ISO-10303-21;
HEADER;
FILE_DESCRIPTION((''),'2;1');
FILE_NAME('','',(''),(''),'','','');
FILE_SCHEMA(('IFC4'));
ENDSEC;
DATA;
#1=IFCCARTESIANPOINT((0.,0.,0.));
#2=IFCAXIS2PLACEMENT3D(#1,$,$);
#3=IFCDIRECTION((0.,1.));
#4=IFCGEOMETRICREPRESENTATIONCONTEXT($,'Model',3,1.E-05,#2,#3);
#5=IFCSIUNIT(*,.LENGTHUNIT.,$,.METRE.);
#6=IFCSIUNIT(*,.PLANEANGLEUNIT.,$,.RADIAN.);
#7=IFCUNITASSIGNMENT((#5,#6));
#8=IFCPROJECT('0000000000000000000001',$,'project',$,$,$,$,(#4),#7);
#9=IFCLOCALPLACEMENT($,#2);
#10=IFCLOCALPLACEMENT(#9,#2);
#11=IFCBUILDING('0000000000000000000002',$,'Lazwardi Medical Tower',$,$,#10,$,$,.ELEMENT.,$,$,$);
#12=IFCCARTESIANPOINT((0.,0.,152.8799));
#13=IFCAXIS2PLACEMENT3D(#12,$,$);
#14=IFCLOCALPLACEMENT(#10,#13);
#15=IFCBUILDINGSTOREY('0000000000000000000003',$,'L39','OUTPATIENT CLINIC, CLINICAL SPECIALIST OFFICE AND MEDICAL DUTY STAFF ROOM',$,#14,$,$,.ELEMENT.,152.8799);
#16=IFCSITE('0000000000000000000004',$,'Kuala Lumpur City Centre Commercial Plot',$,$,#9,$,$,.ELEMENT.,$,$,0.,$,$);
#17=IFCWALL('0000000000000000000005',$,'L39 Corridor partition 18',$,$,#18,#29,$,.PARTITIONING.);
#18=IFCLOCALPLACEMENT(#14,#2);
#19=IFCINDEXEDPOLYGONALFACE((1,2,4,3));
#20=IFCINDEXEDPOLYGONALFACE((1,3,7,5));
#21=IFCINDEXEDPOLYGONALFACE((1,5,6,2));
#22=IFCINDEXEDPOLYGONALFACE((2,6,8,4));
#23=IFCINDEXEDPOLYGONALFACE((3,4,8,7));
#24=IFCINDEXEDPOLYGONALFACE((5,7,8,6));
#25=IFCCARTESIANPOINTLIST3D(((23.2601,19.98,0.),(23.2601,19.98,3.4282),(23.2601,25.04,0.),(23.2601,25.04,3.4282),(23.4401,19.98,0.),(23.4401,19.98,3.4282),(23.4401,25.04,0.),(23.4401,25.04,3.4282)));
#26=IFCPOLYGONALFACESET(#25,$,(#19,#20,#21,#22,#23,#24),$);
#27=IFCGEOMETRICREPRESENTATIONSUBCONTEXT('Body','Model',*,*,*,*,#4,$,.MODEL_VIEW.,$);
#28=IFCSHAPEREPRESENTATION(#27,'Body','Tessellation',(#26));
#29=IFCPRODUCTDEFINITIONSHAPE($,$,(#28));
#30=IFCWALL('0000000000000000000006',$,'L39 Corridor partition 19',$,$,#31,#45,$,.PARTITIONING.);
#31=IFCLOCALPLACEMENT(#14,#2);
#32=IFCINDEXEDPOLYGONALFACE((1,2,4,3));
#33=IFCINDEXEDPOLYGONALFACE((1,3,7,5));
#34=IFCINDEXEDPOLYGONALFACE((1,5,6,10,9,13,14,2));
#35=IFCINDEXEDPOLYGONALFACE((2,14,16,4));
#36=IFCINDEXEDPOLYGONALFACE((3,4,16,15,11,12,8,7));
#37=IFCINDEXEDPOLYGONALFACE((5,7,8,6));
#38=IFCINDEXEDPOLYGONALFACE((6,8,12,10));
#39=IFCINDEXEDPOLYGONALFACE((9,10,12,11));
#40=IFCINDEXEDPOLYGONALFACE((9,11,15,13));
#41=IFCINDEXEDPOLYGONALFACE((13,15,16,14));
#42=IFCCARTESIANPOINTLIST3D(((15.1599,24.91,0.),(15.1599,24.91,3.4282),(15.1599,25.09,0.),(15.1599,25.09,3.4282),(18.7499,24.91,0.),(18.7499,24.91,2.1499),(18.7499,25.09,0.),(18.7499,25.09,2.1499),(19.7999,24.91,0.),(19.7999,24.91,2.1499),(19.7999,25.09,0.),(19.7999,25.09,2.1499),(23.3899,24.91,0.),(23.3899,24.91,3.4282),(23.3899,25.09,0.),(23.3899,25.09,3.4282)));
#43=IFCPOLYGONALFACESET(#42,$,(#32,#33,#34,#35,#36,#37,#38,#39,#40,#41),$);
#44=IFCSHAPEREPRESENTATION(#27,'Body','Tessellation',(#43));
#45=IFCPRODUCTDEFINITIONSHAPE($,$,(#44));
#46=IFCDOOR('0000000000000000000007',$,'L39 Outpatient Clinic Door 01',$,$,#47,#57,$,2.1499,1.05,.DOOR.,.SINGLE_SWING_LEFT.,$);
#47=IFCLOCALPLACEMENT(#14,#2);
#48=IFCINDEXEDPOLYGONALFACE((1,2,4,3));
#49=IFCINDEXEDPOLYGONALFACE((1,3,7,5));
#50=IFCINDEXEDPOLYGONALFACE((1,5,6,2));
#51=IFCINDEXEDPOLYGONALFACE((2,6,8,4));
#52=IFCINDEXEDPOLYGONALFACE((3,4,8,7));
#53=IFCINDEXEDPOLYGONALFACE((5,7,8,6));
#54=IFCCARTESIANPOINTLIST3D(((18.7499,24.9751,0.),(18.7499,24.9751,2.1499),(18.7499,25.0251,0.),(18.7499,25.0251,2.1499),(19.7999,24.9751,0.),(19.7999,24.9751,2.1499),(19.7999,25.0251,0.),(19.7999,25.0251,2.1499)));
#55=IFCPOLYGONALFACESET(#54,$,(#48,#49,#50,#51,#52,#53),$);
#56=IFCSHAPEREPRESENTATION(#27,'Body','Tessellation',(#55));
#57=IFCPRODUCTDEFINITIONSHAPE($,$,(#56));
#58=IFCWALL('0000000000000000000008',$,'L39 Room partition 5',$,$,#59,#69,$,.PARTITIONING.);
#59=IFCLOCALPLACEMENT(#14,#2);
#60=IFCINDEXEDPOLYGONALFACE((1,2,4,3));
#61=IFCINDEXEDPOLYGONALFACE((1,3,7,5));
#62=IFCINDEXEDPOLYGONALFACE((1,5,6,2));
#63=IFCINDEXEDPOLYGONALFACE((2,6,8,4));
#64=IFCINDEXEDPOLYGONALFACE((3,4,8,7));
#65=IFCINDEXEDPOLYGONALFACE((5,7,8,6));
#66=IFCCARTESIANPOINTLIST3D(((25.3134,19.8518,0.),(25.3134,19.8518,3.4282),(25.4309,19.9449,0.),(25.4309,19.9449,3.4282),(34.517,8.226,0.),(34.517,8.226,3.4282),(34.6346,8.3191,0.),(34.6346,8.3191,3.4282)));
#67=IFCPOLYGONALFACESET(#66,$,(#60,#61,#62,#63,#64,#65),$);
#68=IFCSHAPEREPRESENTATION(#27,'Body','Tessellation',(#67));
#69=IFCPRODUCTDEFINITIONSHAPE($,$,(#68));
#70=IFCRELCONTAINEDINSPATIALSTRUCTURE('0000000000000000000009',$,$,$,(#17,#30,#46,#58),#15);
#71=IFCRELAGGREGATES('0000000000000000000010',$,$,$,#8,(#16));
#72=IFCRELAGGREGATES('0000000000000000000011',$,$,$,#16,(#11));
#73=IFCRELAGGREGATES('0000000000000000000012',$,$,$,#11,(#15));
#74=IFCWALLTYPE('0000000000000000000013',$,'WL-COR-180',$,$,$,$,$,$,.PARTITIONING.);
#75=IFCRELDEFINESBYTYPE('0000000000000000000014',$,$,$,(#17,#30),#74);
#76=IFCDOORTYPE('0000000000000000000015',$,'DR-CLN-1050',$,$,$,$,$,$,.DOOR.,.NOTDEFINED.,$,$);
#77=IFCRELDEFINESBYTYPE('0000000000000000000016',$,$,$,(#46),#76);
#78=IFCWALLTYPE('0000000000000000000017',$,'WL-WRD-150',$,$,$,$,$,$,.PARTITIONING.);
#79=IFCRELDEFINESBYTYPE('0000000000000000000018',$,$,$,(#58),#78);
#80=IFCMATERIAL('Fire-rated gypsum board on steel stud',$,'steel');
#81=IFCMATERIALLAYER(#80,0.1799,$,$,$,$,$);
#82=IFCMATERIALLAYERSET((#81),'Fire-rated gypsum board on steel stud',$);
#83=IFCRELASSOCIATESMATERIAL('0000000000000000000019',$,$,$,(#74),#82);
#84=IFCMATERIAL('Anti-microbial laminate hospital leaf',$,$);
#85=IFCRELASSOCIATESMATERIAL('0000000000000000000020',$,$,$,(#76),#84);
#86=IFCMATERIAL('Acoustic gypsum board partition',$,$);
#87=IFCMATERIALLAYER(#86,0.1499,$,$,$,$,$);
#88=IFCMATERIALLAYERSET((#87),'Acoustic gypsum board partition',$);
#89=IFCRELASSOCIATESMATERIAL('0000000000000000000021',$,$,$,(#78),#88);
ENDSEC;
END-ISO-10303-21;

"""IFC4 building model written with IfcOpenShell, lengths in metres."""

from ifc_helpers import new_model, si_unit, direction, frame, frame_2d, origin, place, context, subcontext, project, spatial, rectangle, extrude, material, layer, layer_set, type_object, element, fill, save


model = new_model("IFC4")

# Units and contexts
model_context = context("Model", 3, precision=1e-05, world=origin(), true_north=direction((0.0, 1.0)))
body_context = subcontext(model_context, "Body", "Model", "MODEL_VIEW")
ifc_project = project(units=[si_unit("LENGTHUNIT", "METRE"), si_unit("PLANEANGLEUNIT", "RADIAN")], contexts=[model_context])

# Site, building, storey
site_placement = place(None, origin())
site = spatial("IfcSite", under=ifc_project, at=site_placement, Name="Kuala Lumpur City Centre Commercial Plot", CompositionType="ELEMENT", RefElevation=0.0)
building_placement = place(site_placement, origin())
building = spatial("IfcBuilding", under=site, at=building_placement, Name="Lazwardi Medical Tower", CompositionType="ELEMENT")
storey_placement = place(building_placement, frame((0.0, 0.0, 152.8799)))
storey = spatial("IfcBuildingStorey", under=building, at=storey_placement, Name="L39", Description="OUTPATIENT CLINIC, CLINICAL SPECIALIST OFFICE AND MEDICAL DUTY STAFF ROOM", CompositionType="ELEMENT", Elevation=152.8799)

# Wall
ifc_material_1 = material(Name="Fire-rated gypsum board on steel stud", Category="steel")
ifc_layer_1 = layer(ifc_material_1, 0.1799)
ifc_layer_set_1 = layer_set([ifc_layer_1], Name="Fire-rated gypsum board on steel stud")
wall_type_1 = type_object("IfcWallType", Name="WL-COR-180", PredefinedType="PARTITIONING", material=ifc_layer_set_1)
wall_1_placement = place(storey_placement, frame((23.3501, 19.98, 0.0), z_axis=(0.0, 0.0, 1.0), x_axis=(0.0, 1.0, 0.0)))
element("IfcWall", 1, at=wall_1_placement, inside=storey, type_object=wall_type_1, Name="L39 Corridor partition 18", PredefinedType="PARTITIONING", context=body_context, shape_type="SweptSolid", body=[
    extrude(rectangle(XDim=5.0601, YDim=0.1799, at=frame_2d((2.53, 0.0))), origin(), (0.0, 0.0, 1.0), 3.4282),
])

# Wall, opening, door
wall_2_placement = place(storey_placement, frame((23.3899, 25.0, 0.0), z_axis=(0.0, 0.0, 1.0), x_axis=(-1.0, 0.0, 0.0)))
wall_2 = element("IfcWall", 2, at=wall_2_placement, inside=storey, type_object=wall_type_1, Name="L39 Corridor partition 19", PredefinedType="PARTITIONING", context=body_context, shape_type="SweptSolid", body=[
    extrude(rectangle(XDim=8.23, YDim=0.1799, at=frame_2d((4.115, 0.0))), origin(), (0.0, 0.0, 1.0), 3.4282),
])
opening_placement = place(wall_2_placement, frame((3.5901, 0.0, 0.0)))
opening = element("IfcOpeningElement", 3, at=opening_placement, cuts=wall_2, PredefinedType="OPENING", context=body_context, shape_type="SweptSolid", body=[
    extrude(rectangle(XDim=1.05, YDim=2.1499, at=frame_2d((0.5249, 1.075))), frame((0.0, 0.0999, 0.0), z_axis=(0.0, -1.0, 0.0), x_axis=(1.0, 0.0, 0.0)), (0.0, 0.0, 1.0), 0.2),
])
ifc_material_2 = material(Name="Anti-microbial laminate hospital leaf")
door_type = type_object("IfcDoorType", Name="DR-CLN-1050", OperationType="NOTDEFINED", PredefinedType="DOOR", material=ifc_material_2)
door_placement = place(opening_placement, origin())
door = element("IfcDoor", 4, at=door_placement, inside=storey, type_object=door_type, Name="L39 Outpatient Clinic Door 01", OperationType="SINGLE_SWING_LEFT", OverallHeight=2.1499, OverallWidth=1.05, PredefinedType="DOOR", context=body_context, shape_type="SweptSolid", body=[
    extrude(rectangle(XDim=1.05, YDim=2.1499, at=frame_2d((0.5249, 1.075))), frame((0.0, 0.0249, 0.0), z_axis=(0.0, -1.0, 0.0), x_axis=(1.0, 0.0, 0.0)), (0.0, 0.0, 1.0), 0.05),
])
fill(opening, door)

# Wall
ifc_material_3 = material(Name="Acoustic gypsum board partition")
ifc_layer_2 = layer(ifc_material_3, 0.1499)
ifc_layer_set_2 = layer_set([ifc_layer_2], Name="Acoustic gypsum board partition")
wall_type_2 = type_object("IfcWallType", Name="WL-WRD-150", PredefinedType="PARTITIONING", material=ifc_layer_set_2)
wall_3_placement = place(storey_placement, frame((25.3721, 19.8984, 0.0), z_axis=(0.0, 0.0, 1.0), x_axis=(0.620699, -0.784049, 0.0)))
element("IfcWall", 5, at=wall_3_placement, inside=storey, type_object=wall_type_2, Name="L39 Room partition 5", PredefinedType="PARTITIONING", context=body_context, shape_type="SweptSolid", body=[
    extrude(rectangle(XDim=14.8279, YDim=0.1499, at=frame_2d((7.4141, 0.0))), origin(), (0.0, 0.0, 1.0), 3.4282),
])

save(model, "model.ifc")
